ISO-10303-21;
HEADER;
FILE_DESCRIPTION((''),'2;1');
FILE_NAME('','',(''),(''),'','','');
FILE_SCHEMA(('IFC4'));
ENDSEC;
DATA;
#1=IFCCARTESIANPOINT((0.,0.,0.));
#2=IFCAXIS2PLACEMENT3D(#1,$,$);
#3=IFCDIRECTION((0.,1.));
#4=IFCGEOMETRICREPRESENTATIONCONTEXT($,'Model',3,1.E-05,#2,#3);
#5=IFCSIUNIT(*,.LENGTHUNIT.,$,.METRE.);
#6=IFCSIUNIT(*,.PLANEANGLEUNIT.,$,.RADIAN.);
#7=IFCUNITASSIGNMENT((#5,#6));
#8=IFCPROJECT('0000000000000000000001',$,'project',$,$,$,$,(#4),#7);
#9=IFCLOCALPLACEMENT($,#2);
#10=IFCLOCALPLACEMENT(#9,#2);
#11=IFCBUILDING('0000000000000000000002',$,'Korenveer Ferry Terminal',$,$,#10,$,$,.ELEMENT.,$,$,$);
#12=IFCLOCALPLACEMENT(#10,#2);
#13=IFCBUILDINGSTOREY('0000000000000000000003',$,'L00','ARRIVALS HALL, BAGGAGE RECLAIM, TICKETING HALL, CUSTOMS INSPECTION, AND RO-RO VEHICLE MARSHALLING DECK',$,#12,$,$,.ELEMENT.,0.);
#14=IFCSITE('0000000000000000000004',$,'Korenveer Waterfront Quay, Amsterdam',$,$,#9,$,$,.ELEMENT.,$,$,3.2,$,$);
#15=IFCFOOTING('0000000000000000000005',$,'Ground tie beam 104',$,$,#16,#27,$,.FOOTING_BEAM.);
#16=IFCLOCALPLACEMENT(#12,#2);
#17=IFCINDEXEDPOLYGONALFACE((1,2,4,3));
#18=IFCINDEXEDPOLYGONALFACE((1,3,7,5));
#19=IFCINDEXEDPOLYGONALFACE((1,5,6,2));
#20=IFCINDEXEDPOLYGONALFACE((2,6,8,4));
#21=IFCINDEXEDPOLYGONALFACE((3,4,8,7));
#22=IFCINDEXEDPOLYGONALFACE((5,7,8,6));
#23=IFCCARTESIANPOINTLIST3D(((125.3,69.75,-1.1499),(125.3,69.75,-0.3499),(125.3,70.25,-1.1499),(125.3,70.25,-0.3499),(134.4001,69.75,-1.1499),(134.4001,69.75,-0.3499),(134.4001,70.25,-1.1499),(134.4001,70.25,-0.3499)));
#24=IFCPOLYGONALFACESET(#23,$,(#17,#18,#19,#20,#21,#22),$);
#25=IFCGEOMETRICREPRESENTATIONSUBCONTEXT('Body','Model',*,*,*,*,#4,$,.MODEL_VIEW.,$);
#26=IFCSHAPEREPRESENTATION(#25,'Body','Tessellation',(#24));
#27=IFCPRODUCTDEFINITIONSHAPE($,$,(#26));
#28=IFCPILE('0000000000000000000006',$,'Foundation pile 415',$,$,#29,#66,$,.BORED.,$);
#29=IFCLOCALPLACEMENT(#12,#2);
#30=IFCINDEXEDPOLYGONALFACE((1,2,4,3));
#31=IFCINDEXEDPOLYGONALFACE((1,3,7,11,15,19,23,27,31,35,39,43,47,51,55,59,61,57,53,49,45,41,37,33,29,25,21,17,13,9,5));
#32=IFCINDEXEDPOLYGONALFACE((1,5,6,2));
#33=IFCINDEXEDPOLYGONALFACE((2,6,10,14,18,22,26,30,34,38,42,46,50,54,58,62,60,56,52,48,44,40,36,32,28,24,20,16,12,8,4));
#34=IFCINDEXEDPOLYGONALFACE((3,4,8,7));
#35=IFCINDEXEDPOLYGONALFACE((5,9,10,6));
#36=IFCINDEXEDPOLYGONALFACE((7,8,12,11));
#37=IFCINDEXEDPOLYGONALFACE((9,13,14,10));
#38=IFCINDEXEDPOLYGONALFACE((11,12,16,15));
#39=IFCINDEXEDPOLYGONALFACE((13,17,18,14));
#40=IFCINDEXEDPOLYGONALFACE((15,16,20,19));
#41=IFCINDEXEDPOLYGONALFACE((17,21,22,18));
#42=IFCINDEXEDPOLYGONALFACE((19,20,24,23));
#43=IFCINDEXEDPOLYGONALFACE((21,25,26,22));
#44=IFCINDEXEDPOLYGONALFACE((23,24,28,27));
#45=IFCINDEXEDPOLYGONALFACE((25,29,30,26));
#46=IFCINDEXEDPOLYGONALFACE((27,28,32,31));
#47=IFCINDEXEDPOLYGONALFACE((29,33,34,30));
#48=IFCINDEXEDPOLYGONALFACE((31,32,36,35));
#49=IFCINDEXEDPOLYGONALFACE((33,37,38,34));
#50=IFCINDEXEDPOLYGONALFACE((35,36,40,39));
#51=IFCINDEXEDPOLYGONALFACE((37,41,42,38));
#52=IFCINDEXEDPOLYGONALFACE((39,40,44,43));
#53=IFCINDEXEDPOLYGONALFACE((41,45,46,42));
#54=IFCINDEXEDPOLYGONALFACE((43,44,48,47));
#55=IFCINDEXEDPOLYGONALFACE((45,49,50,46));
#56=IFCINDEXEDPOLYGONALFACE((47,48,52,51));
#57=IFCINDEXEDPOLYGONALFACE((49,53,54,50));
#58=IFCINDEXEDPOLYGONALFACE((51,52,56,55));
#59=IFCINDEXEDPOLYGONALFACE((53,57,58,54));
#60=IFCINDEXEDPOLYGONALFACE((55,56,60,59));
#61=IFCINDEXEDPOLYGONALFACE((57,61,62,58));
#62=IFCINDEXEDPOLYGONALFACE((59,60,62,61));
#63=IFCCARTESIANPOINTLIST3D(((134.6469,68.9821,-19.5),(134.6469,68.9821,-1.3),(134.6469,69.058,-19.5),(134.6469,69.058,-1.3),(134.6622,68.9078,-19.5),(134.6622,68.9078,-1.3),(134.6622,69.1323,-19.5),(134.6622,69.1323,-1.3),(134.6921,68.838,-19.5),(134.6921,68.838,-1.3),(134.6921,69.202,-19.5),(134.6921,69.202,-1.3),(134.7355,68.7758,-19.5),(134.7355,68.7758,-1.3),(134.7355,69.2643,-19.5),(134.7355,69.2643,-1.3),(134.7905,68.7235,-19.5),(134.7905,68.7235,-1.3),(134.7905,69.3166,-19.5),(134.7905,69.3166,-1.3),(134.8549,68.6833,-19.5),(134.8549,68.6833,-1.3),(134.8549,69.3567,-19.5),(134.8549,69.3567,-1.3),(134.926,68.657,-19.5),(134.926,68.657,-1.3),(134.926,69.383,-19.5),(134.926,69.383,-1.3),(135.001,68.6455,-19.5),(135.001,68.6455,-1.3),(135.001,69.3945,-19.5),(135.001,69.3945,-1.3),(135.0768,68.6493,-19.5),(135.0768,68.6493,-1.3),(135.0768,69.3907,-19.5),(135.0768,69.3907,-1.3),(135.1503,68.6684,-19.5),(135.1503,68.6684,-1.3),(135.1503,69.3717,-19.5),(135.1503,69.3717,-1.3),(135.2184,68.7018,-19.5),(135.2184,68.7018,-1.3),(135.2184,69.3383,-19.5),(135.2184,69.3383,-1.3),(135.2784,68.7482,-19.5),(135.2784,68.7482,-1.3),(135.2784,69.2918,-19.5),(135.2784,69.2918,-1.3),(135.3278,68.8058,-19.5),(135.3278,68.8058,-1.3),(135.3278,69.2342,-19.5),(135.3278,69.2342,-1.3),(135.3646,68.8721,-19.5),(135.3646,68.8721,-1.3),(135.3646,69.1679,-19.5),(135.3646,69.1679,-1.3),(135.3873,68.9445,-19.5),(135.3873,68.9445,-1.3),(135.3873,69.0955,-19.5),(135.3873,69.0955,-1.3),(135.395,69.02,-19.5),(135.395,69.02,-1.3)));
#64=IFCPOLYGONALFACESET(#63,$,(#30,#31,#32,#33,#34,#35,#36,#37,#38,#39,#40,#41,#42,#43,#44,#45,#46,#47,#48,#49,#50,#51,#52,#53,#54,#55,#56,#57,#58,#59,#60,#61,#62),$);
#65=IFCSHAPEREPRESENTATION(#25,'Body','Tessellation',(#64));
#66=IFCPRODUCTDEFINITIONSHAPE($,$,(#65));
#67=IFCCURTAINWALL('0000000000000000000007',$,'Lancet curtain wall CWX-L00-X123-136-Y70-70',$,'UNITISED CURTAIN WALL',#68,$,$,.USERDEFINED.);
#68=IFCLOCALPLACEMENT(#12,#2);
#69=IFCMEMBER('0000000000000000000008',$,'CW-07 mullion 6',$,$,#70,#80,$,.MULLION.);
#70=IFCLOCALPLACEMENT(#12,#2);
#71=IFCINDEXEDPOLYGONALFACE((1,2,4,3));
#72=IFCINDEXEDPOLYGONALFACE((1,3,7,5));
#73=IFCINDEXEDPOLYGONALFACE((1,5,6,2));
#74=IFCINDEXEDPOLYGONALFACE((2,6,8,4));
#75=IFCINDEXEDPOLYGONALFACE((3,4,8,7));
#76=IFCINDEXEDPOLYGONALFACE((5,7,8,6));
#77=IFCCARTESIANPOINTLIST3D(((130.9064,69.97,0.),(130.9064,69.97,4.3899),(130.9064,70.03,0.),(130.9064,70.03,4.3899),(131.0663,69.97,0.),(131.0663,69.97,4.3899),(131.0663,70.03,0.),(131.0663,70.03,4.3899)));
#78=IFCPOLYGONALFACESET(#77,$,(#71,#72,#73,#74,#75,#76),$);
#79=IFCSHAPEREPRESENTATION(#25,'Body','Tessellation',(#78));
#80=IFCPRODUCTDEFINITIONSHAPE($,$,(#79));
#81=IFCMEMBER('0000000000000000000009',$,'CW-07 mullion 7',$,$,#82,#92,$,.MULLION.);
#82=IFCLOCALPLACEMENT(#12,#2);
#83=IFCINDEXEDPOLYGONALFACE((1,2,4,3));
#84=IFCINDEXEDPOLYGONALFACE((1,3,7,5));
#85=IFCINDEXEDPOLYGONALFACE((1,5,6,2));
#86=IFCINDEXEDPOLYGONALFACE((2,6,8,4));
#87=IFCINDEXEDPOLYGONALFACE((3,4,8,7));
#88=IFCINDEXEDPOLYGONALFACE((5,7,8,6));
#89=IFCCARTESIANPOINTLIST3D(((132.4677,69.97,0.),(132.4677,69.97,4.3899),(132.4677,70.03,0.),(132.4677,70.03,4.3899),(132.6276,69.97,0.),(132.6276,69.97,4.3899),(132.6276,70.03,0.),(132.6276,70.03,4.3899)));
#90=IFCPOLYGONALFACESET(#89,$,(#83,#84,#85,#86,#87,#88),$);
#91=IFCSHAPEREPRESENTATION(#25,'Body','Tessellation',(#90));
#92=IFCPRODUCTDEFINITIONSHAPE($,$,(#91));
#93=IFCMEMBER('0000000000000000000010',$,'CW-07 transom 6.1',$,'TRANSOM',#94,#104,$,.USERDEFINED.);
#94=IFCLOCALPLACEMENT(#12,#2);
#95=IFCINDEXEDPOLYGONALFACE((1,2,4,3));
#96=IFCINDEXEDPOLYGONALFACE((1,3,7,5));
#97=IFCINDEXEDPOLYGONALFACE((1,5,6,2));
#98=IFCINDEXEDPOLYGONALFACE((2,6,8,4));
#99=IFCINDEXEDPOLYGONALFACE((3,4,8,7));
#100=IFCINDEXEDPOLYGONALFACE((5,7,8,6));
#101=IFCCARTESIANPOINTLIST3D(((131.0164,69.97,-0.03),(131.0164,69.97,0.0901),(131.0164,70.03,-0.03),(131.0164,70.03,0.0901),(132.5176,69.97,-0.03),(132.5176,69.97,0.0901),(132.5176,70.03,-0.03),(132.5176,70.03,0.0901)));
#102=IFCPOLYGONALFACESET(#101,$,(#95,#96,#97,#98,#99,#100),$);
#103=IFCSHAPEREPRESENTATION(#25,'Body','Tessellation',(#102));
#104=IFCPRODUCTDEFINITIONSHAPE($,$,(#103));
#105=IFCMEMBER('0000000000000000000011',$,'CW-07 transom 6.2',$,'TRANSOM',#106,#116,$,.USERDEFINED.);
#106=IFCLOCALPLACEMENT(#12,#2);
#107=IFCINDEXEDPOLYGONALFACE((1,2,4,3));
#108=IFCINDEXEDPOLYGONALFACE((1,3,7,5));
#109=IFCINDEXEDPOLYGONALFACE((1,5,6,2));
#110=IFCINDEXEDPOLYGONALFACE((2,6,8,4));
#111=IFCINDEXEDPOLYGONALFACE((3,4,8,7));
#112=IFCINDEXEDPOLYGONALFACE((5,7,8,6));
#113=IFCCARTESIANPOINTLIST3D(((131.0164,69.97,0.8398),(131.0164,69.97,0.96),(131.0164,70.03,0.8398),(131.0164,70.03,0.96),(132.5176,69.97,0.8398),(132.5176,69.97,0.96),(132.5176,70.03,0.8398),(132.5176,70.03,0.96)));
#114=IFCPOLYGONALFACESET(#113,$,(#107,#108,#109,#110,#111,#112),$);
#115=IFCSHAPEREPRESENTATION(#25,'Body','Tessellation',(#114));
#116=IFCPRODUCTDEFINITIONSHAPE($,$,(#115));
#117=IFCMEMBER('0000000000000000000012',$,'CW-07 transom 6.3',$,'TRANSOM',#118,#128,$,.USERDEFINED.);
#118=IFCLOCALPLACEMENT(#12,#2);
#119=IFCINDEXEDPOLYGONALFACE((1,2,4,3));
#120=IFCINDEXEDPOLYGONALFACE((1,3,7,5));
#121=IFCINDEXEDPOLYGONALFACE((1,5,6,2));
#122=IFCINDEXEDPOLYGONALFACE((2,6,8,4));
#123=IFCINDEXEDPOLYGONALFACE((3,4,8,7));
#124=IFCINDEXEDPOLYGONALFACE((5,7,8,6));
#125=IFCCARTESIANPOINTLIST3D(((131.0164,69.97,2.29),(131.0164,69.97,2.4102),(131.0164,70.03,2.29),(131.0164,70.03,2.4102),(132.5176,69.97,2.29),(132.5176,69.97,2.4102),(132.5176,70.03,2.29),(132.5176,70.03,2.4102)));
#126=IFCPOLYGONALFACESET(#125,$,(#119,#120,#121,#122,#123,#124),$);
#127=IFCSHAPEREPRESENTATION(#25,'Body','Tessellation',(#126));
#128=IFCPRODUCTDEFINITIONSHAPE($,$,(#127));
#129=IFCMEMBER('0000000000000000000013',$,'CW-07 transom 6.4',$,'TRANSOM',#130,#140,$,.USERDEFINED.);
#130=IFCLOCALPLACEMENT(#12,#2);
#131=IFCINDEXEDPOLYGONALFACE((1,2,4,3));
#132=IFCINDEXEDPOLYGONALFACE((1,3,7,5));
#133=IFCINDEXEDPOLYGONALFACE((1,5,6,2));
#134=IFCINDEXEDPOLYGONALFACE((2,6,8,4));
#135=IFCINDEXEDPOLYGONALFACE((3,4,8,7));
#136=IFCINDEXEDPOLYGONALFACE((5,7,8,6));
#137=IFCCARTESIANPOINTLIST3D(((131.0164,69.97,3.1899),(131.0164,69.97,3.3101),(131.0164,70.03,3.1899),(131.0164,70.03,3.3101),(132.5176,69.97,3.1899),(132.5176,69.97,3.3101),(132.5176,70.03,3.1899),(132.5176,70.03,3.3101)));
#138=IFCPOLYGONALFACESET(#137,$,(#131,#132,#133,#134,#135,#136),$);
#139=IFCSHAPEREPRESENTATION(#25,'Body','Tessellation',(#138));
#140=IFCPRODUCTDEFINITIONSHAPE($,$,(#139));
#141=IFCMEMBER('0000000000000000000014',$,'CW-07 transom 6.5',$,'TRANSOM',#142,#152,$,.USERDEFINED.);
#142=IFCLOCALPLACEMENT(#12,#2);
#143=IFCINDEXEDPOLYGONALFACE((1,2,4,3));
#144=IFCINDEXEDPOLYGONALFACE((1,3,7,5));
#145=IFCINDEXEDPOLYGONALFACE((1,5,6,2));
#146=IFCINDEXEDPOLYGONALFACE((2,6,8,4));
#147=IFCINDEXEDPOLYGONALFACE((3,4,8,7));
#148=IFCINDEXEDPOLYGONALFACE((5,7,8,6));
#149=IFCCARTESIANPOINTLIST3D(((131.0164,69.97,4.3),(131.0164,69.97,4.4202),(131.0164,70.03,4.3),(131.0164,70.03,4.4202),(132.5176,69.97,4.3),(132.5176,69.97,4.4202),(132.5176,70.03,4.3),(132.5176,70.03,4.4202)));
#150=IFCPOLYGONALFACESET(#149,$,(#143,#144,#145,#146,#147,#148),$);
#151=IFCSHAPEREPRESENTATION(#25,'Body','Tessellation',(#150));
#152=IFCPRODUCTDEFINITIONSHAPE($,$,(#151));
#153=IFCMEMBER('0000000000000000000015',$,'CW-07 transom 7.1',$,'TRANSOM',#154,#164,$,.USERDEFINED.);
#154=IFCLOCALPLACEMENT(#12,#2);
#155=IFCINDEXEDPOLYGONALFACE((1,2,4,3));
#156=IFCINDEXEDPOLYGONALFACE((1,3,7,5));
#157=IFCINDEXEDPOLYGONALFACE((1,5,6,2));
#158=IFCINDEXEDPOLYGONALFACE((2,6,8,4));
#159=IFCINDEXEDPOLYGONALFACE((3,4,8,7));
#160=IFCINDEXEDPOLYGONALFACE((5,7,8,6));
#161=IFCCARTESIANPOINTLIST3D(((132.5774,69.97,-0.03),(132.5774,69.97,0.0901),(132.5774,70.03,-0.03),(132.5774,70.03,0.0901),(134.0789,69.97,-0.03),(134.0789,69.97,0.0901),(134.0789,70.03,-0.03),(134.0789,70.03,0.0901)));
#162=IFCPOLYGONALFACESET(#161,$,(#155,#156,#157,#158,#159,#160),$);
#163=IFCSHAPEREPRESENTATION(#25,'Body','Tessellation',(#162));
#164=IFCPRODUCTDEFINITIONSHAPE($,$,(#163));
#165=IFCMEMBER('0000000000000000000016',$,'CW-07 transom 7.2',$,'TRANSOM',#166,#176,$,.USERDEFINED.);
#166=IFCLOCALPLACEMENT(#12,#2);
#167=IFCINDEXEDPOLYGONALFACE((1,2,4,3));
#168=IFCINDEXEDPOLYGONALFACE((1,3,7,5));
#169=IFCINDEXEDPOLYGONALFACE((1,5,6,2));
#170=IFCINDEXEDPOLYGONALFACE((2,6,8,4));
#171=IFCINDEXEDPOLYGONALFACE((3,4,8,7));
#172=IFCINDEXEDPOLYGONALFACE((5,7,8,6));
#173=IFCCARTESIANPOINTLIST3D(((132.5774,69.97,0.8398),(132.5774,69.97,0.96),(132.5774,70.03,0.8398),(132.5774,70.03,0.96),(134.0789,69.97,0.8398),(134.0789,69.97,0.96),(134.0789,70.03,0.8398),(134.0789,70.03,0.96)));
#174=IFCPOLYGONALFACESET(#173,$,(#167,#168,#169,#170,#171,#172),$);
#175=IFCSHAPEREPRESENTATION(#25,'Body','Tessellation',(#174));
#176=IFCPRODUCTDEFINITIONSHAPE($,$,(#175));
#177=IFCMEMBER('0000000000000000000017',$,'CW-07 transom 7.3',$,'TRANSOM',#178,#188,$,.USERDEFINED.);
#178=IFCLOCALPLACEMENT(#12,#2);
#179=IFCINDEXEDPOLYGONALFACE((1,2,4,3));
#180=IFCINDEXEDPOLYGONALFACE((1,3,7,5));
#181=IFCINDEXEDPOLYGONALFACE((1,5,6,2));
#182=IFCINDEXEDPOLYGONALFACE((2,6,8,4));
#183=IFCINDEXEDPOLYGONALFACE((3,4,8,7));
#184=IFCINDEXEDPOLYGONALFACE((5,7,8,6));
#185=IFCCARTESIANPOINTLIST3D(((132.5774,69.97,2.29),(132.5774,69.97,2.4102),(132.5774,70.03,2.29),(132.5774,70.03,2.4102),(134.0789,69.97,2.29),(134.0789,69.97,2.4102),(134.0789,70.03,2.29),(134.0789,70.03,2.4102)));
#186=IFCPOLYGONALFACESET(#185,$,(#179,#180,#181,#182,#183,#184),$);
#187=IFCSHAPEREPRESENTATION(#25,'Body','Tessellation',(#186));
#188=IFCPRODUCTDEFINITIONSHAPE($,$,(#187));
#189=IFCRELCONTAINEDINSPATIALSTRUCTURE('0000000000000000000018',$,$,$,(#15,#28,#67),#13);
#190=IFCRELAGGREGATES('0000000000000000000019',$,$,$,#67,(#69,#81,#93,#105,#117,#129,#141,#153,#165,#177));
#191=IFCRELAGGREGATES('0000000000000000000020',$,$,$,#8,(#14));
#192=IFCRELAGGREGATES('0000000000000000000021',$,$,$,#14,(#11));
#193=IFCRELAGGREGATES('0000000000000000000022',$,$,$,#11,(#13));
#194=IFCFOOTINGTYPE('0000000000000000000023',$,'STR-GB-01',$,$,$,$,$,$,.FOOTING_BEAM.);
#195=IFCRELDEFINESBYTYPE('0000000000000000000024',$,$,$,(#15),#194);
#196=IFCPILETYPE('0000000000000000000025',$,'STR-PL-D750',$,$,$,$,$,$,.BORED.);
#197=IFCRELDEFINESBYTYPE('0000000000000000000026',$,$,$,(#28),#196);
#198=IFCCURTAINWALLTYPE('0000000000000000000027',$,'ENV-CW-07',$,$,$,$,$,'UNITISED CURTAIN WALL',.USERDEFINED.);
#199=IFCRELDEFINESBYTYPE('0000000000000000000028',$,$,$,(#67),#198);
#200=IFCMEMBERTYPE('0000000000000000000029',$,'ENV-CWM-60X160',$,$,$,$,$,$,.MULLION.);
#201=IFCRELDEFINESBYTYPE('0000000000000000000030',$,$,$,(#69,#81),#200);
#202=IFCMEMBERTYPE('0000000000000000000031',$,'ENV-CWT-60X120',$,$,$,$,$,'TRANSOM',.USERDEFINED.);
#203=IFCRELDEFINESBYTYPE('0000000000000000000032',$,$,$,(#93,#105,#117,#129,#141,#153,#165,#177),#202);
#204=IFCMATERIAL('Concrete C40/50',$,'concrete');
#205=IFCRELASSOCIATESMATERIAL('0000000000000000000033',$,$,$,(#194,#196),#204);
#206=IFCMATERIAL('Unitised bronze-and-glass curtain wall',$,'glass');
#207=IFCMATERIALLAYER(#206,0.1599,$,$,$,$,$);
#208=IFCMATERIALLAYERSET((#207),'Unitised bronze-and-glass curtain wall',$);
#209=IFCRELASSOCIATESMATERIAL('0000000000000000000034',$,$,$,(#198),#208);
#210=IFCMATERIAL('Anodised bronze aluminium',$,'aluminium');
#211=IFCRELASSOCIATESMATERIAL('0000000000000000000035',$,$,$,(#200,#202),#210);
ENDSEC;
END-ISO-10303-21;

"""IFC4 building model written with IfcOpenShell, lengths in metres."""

from ifc_helpers import new_model, si_unit, direction, frame, origin, origin_2d, place, context, subcontext, project, spatial, rectangle, circle, extrude, material, layer, layer_set, material_profile, profile_set, type_object, element, aggregate, save


model = new_model("IFC4")

# Units and contexts
model_context = context("Model", 3, precision=1e-05, world=origin(), true_north=direction((0.0, 1.0)))
body_context = subcontext(model_context, "Body", "Model", "MODEL_VIEW")
ifc_project = project(units=[si_unit("LENGTHUNIT", "METRE"), si_unit("PLANEANGLEUNIT", "RADIAN")], contexts=[model_context])

# Site, building, storey
site_placement = place(None, origin())
site = spatial("IfcSite", under=ifc_project, at=site_placement, Name="Korenveer Waterfront Quay, Amsterdam", CompositionType="ELEMENT", RefElevation=3.2)
building_placement = place(site_placement, origin())
building = spatial("IfcBuilding", under=site, at=building_placement, Name="Korenveer Ferry Terminal", CompositionType="ELEMENT")
storey_placement = place(building_placement, origin())
storey = spatial("IfcBuildingStorey", under=building, at=storey_placement, Name="L00", Description="ARRIVALS HALL, BAGGAGE RECLAIM, TICKETING HALL, CUSTOMS INSPECTION, AND RO-RO VEHICLE MARSHALLING DECK", CompositionType="ELEMENT", Elevation=0.0)

# Footing
ifc_material_1 = material(Name="Concrete C40/50", Category="concrete")
footing_type = type_object("IfcFootingType", Name="STR-GB-01", PredefinedType="FOOTING_BEAM", material=ifc_material_1)
footing_placement = place(storey_placement, frame((129.8501, 70.0, -1.1499), z_axis=(0.0, 0.0, 1.0), x_axis=(1.0, 0.0, 0.0)))
element("IfcFooting", 1, at=footing_placement, inside=storey, type_object=footing_type, Name="Ground tie beam 104", PredefinedType="FOOTING_BEAM", context=body_context, shape_type="SweptSolid", body=[
    extrude(rectangle(XDim=9.1001, YDim=0.5, at=origin_2d()), origin(), (0.0, 0.0, 1.0), 0.8),
])

# Pile
ifc_material_profile_1 = material_profile(ifc_material_1, circle(Radius=0.375, at=origin_2d()), Name="PILE D750")
ifc_profile_set_1 = profile_set([ifc_material_profile_1], Name="Concrete C40/50")
pile_type = type_object("IfcPileType", Name="STR-PL-D750", PredefinedType="BORED", material=ifc_profile_set_1)
pile_placement = place(storey_placement, frame((135.02, 69.02, -1.3), z_axis=(0.0, 0.0, -1.0), x_axis=(1.0, 0.0, 0.0)))
element("IfcPile", 2, at=pile_placement, inside=storey, type_object=pile_type, Name="Foundation pile 415", PredefinedType="BORED", context=body_context, shape_type="SweptSolid", body=[
    extrude(circle(Radius=0.375, at=origin_2d()), origin(), (0.0, 0.0, 1.0), 18.2),
])

# Curtain wall, members
ifc_material_2 = material(Name="Unitised bronze-and-glass curtain wall", Category="glass")
ifc_layer_1 = layer(ifc_material_2, 0.1599)
ifc_layer_set_1 = layer_set([ifc_layer_1], Name="Unitised bronze-and-glass curtain wall")
curtain_wall_type = type_object("IfcCurtainWallType", Name="ENV-CW-07", ElementType="UNITISED CURTAIN WALL", PredefinedType="USERDEFINED", material=ifc_layer_set_1)
curtain_wall_placement = place(storey_placement, frame((123.1799, 70.0, 0.0)))
curtain_wall = element("IfcCurtainWall", 3, at=curtain_wall_placement, inside=storey, type_object=curtain_wall_type, Name="Lancet curtain wall CWX-L00-X123-136-Y70-70", ObjectType="UNITISED CURTAIN WALL", PredefinedType="USERDEFINED")
ifc_material_3 = material(Name="Anodised bronze aluminium", Category="aluminium")
ifc_material_profile_2 = material_profile(ifc_material_3, rectangle(XDim=0.0601, YDim=0.1599, at=origin_2d()), Name="ALU 60x160")
ifc_profile_set_2 = profile_set([ifc_material_profile_2], Name="Anodised bronze aluminium")
member_type_1 = type_object("IfcMemberType", Name="ENV-CWM-60X160", PredefinedType="MULLION", material=ifc_profile_set_2)
member_1_placement = place(storey_placement, frame((130.9863, 70.0, 0.0), z_axis=(0.0, 0.0, 1.0), x_axis=(0.0, 1.0, 0.0)))
member_1 = element("IfcMember", 4, at=member_1_placement, type_object=member_type_1, Name="CW-07 mullion 6", PredefinedType="MULLION", context=body_context, shape_type="SweptSolid", body=[
    extrude(rectangle(XDim=0.0601, YDim=0.1599, at=origin_2d()), origin(), (0.0, 0.0, 1.0), 4.3899),
])
member_2_placement = place(storey_placement, frame((132.5476, 70.0, 0.0), z_axis=(0.0, 0.0, 1.0), x_axis=(0.0, 1.0, 0.0)))
member_2 = element("IfcMember", 5, at=member_2_placement, type_object=member_type_1, Name="CW-07 mullion 7", PredefinedType="MULLION", context=body_context, shape_type="SweptSolid", body=[
    extrude(rectangle(XDim=0.0601, YDim=0.1599, at=origin_2d()), origin(), (0.0, 0.0, 1.0), 4.3899),
])
ifc_material_profile_3 = material_profile(ifc_material_3, rectangle(XDim=0.0601, YDim=0.1201, at=origin_2d()), Name="ALU 60x120")
ifc_profile_set_3 = profile_set([ifc_material_profile_3], Name="Anodised bronze aluminium")
member_type_2 = type_object("IfcMemberType", Name="ENV-CWT-60X120", ElementType="TRANSOM", PredefinedType="USERDEFINED", material=ifc_profile_set_3)
member_3_placement = place(storey_placement, frame((131.0164, 70.0, 0.03), z_axis=(1.0, 0.0, 0.0), x_axis=(0.0, 1.0, 0.0)))
member_3 = element("IfcMember", 6, at=member_3_placement, type_object=member_type_2, Name="CW-07 transom 6.1", ObjectType="TRANSOM", PredefinedType="USERDEFINED", context=body_context, shape_type="SweptSolid", body=[
    extrude(rectangle(XDim=0.0601, YDim=0.1201, at=origin_2d()), origin(), (0.0, 0.0, 1.0), 1.5012),
])
member_4_placement = place(storey_placement, frame((131.0164, 70.0, 0.8999), z_axis=(1.0, 0.0, 0.0), x_axis=(0.0, 1.0, 0.0)))
member_4 = element("IfcMember", 7, at=member_4_placement, type_object=member_type_2, Name="CW-07 transom 6.2", ObjectType="TRANSOM", PredefinedType="USERDEFINED", context=body_context, shape_type="SweptSolid", body=[
    extrude(rectangle(XDim=0.0601, YDim=0.1201, at=origin_2d()), origin(), (0.0, 0.0, 1.0), 1.5012),
])
member_5_placement = place(storey_placement, frame((131.0164, 70.0, 2.3501), z_axis=(1.0, 0.0, 0.0), x_axis=(0.0, 1.0, 0.0)))
member_5 = element("IfcMember", 8, at=member_5_placement, type_object=member_type_2, Name="CW-07 transom 6.3", ObjectType="TRANSOM", PredefinedType="USERDEFINED", context=body_context, shape_type="SweptSolid", body=[
    extrude(rectangle(XDim=0.0601, YDim=0.1201, at=origin_2d()), origin(), (0.0, 0.0, 1.0), 1.5012),
])
member_6_placement = place(storey_placement, frame((131.0164, 70.0, 3.25), z_axis=(1.0, 0.0, 0.0), x_axis=(0.0, 1.0, 0.0)))
member_6 = element("IfcMember", 9, at=member_6_placement, type_object=member_type_2, Name="CW-07 transom 6.4", ObjectType="TRANSOM", PredefinedType="USERDEFINED", context=body_context, shape_type="SweptSolid", body=[
    extrude(rectangle(XDim=0.0601, YDim=0.1201, at=origin_2d()), origin(), (0.0, 0.0, 1.0), 1.5012),
])
member_7_placement = place(storey_placement, frame((131.0164, 70.0, 4.3601), z_axis=(1.0, 0.0, 0.0), x_axis=(0.0, 1.0, 0.0)))
member_7 = element("IfcMember", 10, at=member_7_placement, type_object=member_type_2, Name="CW-07 transom 6.5", ObjectType="TRANSOM", PredefinedType="USERDEFINED", context=body_context, shape_type="SweptSolid", body=[
    extrude(rectangle(XDim=0.0601, YDim=0.1201, at=origin_2d()), origin(), (0.0, 0.0, 1.0), 1.5012),
])
member_8_placement = place(storey_placement, frame((132.5774, 70.0, 0.03), z_axis=(1.0, 0.0, 0.0), x_axis=(0.0, 1.0, 0.0)))
member_8 = element("IfcMember", 11, at=member_8_placement, type_object=member_type_2, Name="CW-07 transom 7.1", ObjectType="TRANSOM", PredefinedType="USERDEFINED", context=body_context, shape_type="SweptSolid", body=[
    extrude(rectangle(XDim=0.0601, YDim=0.1201, at=origin_2d()), origin(), (0.0, 0.0, 1.0), 1.5015),
])
member_9_placement = place(storey_placement, frame((132.5774, 70.0, 0.8999), z_axis=(1.0, 0.0, 0.0), x_axis=(0.0, 1.0, 0.0)))
member_9 = element("IfcMember", 12, at=member_9_placement, type_object=member_type_2, Name="CW-07 transom 7.2", ObjectType="TRANSOM", PredefinedType="USERDEFINED", context=body_context, shape_type="SweptSolid", body=[
    extrude(rectangle(XDim=0.0601, YDim=0.1201, at=origin_2d()), origin(), (0.0, 0.0, 1.0), 1.5015),
])
member_10_placement = place(storey_placement, frame((132.5774, 70.0, 2.3501), z_axis=(1.0, 0.0, 0.0), x_axis=(0.0, 1.0, 0.0)))
member_10 = element("IfcMember", 13, at=member_10_placement, type_object=member_type_2, Name="CW-07 transom 7.3", ObjectType="TRANSOM", PredefinedType="USERDEFINED", context=body_context, shape_type="SweptSolid", body=[
    extrude(rectangle(XDim=0.0601, YDim=0.1201, at=origin_2d()), origin(), (0.0, 0.0, 1.0), 1.5015),
])
aggregate(curtain_wall, [member_1, member_2, member_3, member_4, member_5, member_6, member_7, member_8, member_9, member_10])

save(model, "model.ifc")
